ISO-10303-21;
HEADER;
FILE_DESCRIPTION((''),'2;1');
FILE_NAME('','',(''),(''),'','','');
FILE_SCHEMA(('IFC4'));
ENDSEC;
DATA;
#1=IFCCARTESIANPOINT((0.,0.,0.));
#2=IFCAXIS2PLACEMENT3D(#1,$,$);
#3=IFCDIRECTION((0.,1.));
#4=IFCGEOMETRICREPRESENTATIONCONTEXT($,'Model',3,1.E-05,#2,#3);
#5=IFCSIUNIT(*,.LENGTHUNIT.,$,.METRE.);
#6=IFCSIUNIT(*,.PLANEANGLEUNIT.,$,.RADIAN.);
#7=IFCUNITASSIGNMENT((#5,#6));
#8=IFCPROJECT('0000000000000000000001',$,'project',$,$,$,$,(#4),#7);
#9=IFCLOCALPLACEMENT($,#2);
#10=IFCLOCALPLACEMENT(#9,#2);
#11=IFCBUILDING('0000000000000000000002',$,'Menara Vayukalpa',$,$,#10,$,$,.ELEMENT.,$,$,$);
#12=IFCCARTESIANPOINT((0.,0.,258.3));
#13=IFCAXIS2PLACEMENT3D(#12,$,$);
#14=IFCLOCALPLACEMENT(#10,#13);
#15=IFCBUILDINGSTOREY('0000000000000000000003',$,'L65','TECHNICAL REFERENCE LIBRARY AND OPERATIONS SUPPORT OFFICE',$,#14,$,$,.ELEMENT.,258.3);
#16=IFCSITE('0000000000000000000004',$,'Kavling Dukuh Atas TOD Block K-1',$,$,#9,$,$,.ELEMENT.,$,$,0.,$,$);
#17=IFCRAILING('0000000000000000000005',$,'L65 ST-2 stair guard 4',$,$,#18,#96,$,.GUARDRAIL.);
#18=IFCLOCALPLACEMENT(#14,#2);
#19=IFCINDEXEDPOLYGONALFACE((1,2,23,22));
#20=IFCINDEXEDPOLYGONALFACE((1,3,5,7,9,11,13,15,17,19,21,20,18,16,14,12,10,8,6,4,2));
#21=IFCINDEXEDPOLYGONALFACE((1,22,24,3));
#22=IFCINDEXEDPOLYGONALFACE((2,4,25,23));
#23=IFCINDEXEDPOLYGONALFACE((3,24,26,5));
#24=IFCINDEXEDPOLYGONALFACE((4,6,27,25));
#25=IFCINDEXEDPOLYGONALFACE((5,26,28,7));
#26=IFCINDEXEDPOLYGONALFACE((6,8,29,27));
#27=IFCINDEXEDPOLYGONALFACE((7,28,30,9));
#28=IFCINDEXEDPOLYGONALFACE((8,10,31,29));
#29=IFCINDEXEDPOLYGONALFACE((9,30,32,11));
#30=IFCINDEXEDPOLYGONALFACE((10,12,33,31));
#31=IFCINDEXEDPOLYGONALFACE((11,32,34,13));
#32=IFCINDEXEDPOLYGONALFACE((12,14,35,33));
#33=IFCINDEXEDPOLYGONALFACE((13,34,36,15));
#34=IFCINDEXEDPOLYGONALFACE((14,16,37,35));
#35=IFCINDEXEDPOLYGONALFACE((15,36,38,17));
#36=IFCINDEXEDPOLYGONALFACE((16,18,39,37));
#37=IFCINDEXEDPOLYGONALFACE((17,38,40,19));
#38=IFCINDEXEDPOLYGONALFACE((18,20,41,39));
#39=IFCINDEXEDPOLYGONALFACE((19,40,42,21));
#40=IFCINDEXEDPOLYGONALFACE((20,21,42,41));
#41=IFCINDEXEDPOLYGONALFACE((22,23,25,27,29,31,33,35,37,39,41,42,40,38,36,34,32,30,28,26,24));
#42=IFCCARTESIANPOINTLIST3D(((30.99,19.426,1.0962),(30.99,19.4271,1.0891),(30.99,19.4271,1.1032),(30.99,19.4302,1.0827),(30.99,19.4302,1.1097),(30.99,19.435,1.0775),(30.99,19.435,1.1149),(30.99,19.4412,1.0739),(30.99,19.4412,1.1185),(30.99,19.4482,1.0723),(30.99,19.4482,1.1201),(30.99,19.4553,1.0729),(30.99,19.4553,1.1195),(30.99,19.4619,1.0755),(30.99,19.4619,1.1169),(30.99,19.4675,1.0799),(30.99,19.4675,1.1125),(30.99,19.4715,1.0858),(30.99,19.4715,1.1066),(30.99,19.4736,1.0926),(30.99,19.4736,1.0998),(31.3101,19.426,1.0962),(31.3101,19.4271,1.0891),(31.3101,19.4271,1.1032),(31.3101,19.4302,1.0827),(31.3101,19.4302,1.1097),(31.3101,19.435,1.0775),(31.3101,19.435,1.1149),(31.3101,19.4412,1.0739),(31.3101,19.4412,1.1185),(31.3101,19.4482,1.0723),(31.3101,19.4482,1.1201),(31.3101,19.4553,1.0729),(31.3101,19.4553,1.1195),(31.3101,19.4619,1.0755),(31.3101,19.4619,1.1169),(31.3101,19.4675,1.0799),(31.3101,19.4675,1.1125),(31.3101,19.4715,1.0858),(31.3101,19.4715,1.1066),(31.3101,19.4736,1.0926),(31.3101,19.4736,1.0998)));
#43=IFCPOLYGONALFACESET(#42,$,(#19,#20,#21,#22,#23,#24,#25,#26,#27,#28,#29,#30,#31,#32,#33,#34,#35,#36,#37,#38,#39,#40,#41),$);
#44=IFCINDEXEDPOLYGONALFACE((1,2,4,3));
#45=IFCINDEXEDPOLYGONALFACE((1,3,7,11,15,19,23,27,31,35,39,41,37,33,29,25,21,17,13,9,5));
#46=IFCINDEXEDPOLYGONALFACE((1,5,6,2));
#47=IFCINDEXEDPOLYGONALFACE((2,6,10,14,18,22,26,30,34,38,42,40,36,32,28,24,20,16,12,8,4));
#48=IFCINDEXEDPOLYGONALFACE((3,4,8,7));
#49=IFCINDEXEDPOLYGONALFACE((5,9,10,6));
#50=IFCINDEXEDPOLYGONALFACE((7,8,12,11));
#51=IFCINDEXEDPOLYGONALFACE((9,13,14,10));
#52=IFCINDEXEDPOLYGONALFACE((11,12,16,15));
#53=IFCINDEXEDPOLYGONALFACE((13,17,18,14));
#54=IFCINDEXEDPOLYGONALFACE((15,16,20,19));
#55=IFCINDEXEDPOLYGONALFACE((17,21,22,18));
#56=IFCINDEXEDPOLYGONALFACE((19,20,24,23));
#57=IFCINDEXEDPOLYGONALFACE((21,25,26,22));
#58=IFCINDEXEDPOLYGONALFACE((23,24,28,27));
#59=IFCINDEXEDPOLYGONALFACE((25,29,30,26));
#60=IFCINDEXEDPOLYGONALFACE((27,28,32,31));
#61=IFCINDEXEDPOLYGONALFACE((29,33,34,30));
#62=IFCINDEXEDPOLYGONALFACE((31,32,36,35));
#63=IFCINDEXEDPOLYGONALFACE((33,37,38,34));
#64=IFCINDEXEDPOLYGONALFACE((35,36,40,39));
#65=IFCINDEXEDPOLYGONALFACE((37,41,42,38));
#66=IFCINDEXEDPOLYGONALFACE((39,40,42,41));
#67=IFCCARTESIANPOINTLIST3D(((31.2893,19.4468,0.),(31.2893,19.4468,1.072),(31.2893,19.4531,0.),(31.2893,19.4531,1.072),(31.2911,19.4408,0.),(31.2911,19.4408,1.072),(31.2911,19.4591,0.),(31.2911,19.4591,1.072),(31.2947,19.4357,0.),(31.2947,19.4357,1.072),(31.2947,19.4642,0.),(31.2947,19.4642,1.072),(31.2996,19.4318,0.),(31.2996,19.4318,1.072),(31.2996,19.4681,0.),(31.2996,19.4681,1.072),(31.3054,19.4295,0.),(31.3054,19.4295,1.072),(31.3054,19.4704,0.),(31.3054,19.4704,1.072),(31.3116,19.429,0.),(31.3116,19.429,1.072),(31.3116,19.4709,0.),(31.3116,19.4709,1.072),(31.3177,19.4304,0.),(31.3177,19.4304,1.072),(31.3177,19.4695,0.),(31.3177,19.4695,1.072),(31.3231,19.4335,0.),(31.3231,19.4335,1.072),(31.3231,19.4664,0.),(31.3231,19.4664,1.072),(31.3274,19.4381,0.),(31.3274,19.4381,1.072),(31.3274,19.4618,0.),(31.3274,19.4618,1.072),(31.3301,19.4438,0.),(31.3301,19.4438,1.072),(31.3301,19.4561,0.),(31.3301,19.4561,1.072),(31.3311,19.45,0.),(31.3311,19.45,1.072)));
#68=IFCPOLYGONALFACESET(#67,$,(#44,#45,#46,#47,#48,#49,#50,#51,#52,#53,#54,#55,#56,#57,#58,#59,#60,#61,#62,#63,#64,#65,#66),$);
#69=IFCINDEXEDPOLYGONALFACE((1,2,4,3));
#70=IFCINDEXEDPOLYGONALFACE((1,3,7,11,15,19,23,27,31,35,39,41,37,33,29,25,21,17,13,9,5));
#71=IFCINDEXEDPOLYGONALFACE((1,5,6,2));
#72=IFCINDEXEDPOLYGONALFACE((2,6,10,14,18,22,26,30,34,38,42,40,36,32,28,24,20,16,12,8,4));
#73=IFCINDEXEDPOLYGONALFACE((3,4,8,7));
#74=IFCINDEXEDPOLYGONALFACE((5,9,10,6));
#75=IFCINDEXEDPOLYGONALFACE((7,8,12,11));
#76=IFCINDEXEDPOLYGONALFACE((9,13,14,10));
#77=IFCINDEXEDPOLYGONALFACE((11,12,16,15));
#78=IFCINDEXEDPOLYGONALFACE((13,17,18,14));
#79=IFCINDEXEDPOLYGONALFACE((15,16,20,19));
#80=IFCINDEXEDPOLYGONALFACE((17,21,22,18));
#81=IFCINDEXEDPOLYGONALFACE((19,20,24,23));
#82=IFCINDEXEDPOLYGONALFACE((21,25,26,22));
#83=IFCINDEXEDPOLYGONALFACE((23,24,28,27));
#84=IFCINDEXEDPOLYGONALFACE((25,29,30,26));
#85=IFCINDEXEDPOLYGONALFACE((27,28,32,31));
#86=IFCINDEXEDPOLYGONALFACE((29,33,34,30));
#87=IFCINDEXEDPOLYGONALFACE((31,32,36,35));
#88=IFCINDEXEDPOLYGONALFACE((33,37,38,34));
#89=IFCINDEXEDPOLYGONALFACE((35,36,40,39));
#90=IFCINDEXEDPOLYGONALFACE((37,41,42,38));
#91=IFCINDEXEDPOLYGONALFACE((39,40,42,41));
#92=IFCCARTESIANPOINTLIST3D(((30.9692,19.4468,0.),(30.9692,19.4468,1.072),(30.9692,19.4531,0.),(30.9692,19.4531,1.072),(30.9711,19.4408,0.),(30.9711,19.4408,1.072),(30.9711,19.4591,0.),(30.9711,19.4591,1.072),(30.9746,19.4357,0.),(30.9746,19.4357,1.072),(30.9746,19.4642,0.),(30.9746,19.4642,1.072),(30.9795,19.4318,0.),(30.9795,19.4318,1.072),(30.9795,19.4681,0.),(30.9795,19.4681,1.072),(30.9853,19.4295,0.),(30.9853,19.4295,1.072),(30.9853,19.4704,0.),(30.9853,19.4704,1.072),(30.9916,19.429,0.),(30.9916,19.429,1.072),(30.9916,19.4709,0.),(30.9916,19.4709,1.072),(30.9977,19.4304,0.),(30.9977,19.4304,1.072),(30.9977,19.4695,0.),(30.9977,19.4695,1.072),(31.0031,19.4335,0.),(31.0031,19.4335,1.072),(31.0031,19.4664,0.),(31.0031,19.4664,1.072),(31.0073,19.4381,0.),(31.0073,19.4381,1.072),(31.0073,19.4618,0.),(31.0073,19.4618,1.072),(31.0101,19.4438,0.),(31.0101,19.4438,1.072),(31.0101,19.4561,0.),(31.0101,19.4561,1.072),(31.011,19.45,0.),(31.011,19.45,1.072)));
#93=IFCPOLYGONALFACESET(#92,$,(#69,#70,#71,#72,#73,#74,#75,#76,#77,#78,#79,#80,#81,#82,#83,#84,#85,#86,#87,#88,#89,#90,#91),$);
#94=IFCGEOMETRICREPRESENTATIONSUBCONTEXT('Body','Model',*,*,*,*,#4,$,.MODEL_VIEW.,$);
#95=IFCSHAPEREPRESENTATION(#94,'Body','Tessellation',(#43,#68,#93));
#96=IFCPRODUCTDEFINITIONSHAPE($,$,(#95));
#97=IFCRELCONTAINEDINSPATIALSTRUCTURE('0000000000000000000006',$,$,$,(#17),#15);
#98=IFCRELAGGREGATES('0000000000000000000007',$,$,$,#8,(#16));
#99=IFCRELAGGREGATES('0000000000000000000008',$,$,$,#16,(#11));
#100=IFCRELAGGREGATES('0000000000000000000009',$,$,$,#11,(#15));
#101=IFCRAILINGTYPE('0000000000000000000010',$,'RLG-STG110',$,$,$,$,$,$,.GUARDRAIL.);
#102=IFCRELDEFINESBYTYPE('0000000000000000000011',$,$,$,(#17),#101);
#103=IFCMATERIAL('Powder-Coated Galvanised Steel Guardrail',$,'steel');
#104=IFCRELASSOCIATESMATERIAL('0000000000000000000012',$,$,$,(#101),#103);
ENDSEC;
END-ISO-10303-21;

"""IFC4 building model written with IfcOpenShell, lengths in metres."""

from ifc_helpers import new_model, si_unit, direction, frame, origin, origin_2d, place, context, subcontext, project, spatial, circle, extrude, material, type_object, element, save


model = new_model("IFC4")

# Units and contexts
model_context = context("Model", 3, precision=1e-05, world=origin(), true_north=direction((0.0, 1.0)))
body_context = subcontext(model_context, "Body", "Model", "MODEL_VIEW")
ifc_project = project(units=[si_unit("LENGTHUNIT", "METRE"), si_unit("PLANEANGLEUNIT", "RADIAN")], contexts=[model_context])

# Site, building, storey
site_placement = place(None, origin())
site = spatial("IfcSite", under=ifc_project, at=site_placement, Name="Kavling Dukuh Atas TOD Block K-1", CompositionType="ELEMENT", RefElevation=0.0)
building_placement = place(site_placement, origin())
building = spatial("IfcBuilding", under=site, at=building_placement, Name="Menara Vayukalpa", CompositionType="ELEMENT")
storey_placement = place(building_placement, frame((0.0, 0.0, 258.3)))
storey = spatial("IfcBuildingStorey", under=building, at=storey_placement, Name="L65", Description="TECHNICAL REFERENCE LIBRARY AND OPERATIONS SUPPORT OFFICE", CompositionType="ELEMENT", Elevation=258.3)

# Railing
ifc_material_1 = material(Name="Powder-Coated Galvanised Steel Guardrail", Category="steel")
railing_type_1 = type_object("IfcRailingType", Name="RLG-STG110", PredefinedType="GUARDRAIL", material=ifc_material_1)
railing_1_placement = place(storey_placement, frame((31.3101, 19.45, 0.0)))
element("IfcRailing", 1, at=railing_1_placement, inside=storey, type_object=railing_type_1, Name="L65 ST-2 stair guard 4", PredefinedType="GUARDRAIL", context=body_context, shape_type="SweptSolid", body=[
    extrude(circle(Radius=0.0239, at=origin_2d()), frame((0.0, 0.0, 1.0962), z_axis=(-1.0, 0.0, 0.0), x_axis=(0.0, -1.0, 0.0)), (0.0, 0.0, 1.0), 0.3201),
    extrude(circle(Radius=0.021, at=origin_2d()), origin(), (0.0, 0.0, 1.0), 1.072),
    extrude(circle(Radius=0.021, at=origin_2d()), frame((-0.3201, 0.0, 0.0)), (0.0, 0.0, 1.0), 1.072),
])

save(model, "model.ifc")
